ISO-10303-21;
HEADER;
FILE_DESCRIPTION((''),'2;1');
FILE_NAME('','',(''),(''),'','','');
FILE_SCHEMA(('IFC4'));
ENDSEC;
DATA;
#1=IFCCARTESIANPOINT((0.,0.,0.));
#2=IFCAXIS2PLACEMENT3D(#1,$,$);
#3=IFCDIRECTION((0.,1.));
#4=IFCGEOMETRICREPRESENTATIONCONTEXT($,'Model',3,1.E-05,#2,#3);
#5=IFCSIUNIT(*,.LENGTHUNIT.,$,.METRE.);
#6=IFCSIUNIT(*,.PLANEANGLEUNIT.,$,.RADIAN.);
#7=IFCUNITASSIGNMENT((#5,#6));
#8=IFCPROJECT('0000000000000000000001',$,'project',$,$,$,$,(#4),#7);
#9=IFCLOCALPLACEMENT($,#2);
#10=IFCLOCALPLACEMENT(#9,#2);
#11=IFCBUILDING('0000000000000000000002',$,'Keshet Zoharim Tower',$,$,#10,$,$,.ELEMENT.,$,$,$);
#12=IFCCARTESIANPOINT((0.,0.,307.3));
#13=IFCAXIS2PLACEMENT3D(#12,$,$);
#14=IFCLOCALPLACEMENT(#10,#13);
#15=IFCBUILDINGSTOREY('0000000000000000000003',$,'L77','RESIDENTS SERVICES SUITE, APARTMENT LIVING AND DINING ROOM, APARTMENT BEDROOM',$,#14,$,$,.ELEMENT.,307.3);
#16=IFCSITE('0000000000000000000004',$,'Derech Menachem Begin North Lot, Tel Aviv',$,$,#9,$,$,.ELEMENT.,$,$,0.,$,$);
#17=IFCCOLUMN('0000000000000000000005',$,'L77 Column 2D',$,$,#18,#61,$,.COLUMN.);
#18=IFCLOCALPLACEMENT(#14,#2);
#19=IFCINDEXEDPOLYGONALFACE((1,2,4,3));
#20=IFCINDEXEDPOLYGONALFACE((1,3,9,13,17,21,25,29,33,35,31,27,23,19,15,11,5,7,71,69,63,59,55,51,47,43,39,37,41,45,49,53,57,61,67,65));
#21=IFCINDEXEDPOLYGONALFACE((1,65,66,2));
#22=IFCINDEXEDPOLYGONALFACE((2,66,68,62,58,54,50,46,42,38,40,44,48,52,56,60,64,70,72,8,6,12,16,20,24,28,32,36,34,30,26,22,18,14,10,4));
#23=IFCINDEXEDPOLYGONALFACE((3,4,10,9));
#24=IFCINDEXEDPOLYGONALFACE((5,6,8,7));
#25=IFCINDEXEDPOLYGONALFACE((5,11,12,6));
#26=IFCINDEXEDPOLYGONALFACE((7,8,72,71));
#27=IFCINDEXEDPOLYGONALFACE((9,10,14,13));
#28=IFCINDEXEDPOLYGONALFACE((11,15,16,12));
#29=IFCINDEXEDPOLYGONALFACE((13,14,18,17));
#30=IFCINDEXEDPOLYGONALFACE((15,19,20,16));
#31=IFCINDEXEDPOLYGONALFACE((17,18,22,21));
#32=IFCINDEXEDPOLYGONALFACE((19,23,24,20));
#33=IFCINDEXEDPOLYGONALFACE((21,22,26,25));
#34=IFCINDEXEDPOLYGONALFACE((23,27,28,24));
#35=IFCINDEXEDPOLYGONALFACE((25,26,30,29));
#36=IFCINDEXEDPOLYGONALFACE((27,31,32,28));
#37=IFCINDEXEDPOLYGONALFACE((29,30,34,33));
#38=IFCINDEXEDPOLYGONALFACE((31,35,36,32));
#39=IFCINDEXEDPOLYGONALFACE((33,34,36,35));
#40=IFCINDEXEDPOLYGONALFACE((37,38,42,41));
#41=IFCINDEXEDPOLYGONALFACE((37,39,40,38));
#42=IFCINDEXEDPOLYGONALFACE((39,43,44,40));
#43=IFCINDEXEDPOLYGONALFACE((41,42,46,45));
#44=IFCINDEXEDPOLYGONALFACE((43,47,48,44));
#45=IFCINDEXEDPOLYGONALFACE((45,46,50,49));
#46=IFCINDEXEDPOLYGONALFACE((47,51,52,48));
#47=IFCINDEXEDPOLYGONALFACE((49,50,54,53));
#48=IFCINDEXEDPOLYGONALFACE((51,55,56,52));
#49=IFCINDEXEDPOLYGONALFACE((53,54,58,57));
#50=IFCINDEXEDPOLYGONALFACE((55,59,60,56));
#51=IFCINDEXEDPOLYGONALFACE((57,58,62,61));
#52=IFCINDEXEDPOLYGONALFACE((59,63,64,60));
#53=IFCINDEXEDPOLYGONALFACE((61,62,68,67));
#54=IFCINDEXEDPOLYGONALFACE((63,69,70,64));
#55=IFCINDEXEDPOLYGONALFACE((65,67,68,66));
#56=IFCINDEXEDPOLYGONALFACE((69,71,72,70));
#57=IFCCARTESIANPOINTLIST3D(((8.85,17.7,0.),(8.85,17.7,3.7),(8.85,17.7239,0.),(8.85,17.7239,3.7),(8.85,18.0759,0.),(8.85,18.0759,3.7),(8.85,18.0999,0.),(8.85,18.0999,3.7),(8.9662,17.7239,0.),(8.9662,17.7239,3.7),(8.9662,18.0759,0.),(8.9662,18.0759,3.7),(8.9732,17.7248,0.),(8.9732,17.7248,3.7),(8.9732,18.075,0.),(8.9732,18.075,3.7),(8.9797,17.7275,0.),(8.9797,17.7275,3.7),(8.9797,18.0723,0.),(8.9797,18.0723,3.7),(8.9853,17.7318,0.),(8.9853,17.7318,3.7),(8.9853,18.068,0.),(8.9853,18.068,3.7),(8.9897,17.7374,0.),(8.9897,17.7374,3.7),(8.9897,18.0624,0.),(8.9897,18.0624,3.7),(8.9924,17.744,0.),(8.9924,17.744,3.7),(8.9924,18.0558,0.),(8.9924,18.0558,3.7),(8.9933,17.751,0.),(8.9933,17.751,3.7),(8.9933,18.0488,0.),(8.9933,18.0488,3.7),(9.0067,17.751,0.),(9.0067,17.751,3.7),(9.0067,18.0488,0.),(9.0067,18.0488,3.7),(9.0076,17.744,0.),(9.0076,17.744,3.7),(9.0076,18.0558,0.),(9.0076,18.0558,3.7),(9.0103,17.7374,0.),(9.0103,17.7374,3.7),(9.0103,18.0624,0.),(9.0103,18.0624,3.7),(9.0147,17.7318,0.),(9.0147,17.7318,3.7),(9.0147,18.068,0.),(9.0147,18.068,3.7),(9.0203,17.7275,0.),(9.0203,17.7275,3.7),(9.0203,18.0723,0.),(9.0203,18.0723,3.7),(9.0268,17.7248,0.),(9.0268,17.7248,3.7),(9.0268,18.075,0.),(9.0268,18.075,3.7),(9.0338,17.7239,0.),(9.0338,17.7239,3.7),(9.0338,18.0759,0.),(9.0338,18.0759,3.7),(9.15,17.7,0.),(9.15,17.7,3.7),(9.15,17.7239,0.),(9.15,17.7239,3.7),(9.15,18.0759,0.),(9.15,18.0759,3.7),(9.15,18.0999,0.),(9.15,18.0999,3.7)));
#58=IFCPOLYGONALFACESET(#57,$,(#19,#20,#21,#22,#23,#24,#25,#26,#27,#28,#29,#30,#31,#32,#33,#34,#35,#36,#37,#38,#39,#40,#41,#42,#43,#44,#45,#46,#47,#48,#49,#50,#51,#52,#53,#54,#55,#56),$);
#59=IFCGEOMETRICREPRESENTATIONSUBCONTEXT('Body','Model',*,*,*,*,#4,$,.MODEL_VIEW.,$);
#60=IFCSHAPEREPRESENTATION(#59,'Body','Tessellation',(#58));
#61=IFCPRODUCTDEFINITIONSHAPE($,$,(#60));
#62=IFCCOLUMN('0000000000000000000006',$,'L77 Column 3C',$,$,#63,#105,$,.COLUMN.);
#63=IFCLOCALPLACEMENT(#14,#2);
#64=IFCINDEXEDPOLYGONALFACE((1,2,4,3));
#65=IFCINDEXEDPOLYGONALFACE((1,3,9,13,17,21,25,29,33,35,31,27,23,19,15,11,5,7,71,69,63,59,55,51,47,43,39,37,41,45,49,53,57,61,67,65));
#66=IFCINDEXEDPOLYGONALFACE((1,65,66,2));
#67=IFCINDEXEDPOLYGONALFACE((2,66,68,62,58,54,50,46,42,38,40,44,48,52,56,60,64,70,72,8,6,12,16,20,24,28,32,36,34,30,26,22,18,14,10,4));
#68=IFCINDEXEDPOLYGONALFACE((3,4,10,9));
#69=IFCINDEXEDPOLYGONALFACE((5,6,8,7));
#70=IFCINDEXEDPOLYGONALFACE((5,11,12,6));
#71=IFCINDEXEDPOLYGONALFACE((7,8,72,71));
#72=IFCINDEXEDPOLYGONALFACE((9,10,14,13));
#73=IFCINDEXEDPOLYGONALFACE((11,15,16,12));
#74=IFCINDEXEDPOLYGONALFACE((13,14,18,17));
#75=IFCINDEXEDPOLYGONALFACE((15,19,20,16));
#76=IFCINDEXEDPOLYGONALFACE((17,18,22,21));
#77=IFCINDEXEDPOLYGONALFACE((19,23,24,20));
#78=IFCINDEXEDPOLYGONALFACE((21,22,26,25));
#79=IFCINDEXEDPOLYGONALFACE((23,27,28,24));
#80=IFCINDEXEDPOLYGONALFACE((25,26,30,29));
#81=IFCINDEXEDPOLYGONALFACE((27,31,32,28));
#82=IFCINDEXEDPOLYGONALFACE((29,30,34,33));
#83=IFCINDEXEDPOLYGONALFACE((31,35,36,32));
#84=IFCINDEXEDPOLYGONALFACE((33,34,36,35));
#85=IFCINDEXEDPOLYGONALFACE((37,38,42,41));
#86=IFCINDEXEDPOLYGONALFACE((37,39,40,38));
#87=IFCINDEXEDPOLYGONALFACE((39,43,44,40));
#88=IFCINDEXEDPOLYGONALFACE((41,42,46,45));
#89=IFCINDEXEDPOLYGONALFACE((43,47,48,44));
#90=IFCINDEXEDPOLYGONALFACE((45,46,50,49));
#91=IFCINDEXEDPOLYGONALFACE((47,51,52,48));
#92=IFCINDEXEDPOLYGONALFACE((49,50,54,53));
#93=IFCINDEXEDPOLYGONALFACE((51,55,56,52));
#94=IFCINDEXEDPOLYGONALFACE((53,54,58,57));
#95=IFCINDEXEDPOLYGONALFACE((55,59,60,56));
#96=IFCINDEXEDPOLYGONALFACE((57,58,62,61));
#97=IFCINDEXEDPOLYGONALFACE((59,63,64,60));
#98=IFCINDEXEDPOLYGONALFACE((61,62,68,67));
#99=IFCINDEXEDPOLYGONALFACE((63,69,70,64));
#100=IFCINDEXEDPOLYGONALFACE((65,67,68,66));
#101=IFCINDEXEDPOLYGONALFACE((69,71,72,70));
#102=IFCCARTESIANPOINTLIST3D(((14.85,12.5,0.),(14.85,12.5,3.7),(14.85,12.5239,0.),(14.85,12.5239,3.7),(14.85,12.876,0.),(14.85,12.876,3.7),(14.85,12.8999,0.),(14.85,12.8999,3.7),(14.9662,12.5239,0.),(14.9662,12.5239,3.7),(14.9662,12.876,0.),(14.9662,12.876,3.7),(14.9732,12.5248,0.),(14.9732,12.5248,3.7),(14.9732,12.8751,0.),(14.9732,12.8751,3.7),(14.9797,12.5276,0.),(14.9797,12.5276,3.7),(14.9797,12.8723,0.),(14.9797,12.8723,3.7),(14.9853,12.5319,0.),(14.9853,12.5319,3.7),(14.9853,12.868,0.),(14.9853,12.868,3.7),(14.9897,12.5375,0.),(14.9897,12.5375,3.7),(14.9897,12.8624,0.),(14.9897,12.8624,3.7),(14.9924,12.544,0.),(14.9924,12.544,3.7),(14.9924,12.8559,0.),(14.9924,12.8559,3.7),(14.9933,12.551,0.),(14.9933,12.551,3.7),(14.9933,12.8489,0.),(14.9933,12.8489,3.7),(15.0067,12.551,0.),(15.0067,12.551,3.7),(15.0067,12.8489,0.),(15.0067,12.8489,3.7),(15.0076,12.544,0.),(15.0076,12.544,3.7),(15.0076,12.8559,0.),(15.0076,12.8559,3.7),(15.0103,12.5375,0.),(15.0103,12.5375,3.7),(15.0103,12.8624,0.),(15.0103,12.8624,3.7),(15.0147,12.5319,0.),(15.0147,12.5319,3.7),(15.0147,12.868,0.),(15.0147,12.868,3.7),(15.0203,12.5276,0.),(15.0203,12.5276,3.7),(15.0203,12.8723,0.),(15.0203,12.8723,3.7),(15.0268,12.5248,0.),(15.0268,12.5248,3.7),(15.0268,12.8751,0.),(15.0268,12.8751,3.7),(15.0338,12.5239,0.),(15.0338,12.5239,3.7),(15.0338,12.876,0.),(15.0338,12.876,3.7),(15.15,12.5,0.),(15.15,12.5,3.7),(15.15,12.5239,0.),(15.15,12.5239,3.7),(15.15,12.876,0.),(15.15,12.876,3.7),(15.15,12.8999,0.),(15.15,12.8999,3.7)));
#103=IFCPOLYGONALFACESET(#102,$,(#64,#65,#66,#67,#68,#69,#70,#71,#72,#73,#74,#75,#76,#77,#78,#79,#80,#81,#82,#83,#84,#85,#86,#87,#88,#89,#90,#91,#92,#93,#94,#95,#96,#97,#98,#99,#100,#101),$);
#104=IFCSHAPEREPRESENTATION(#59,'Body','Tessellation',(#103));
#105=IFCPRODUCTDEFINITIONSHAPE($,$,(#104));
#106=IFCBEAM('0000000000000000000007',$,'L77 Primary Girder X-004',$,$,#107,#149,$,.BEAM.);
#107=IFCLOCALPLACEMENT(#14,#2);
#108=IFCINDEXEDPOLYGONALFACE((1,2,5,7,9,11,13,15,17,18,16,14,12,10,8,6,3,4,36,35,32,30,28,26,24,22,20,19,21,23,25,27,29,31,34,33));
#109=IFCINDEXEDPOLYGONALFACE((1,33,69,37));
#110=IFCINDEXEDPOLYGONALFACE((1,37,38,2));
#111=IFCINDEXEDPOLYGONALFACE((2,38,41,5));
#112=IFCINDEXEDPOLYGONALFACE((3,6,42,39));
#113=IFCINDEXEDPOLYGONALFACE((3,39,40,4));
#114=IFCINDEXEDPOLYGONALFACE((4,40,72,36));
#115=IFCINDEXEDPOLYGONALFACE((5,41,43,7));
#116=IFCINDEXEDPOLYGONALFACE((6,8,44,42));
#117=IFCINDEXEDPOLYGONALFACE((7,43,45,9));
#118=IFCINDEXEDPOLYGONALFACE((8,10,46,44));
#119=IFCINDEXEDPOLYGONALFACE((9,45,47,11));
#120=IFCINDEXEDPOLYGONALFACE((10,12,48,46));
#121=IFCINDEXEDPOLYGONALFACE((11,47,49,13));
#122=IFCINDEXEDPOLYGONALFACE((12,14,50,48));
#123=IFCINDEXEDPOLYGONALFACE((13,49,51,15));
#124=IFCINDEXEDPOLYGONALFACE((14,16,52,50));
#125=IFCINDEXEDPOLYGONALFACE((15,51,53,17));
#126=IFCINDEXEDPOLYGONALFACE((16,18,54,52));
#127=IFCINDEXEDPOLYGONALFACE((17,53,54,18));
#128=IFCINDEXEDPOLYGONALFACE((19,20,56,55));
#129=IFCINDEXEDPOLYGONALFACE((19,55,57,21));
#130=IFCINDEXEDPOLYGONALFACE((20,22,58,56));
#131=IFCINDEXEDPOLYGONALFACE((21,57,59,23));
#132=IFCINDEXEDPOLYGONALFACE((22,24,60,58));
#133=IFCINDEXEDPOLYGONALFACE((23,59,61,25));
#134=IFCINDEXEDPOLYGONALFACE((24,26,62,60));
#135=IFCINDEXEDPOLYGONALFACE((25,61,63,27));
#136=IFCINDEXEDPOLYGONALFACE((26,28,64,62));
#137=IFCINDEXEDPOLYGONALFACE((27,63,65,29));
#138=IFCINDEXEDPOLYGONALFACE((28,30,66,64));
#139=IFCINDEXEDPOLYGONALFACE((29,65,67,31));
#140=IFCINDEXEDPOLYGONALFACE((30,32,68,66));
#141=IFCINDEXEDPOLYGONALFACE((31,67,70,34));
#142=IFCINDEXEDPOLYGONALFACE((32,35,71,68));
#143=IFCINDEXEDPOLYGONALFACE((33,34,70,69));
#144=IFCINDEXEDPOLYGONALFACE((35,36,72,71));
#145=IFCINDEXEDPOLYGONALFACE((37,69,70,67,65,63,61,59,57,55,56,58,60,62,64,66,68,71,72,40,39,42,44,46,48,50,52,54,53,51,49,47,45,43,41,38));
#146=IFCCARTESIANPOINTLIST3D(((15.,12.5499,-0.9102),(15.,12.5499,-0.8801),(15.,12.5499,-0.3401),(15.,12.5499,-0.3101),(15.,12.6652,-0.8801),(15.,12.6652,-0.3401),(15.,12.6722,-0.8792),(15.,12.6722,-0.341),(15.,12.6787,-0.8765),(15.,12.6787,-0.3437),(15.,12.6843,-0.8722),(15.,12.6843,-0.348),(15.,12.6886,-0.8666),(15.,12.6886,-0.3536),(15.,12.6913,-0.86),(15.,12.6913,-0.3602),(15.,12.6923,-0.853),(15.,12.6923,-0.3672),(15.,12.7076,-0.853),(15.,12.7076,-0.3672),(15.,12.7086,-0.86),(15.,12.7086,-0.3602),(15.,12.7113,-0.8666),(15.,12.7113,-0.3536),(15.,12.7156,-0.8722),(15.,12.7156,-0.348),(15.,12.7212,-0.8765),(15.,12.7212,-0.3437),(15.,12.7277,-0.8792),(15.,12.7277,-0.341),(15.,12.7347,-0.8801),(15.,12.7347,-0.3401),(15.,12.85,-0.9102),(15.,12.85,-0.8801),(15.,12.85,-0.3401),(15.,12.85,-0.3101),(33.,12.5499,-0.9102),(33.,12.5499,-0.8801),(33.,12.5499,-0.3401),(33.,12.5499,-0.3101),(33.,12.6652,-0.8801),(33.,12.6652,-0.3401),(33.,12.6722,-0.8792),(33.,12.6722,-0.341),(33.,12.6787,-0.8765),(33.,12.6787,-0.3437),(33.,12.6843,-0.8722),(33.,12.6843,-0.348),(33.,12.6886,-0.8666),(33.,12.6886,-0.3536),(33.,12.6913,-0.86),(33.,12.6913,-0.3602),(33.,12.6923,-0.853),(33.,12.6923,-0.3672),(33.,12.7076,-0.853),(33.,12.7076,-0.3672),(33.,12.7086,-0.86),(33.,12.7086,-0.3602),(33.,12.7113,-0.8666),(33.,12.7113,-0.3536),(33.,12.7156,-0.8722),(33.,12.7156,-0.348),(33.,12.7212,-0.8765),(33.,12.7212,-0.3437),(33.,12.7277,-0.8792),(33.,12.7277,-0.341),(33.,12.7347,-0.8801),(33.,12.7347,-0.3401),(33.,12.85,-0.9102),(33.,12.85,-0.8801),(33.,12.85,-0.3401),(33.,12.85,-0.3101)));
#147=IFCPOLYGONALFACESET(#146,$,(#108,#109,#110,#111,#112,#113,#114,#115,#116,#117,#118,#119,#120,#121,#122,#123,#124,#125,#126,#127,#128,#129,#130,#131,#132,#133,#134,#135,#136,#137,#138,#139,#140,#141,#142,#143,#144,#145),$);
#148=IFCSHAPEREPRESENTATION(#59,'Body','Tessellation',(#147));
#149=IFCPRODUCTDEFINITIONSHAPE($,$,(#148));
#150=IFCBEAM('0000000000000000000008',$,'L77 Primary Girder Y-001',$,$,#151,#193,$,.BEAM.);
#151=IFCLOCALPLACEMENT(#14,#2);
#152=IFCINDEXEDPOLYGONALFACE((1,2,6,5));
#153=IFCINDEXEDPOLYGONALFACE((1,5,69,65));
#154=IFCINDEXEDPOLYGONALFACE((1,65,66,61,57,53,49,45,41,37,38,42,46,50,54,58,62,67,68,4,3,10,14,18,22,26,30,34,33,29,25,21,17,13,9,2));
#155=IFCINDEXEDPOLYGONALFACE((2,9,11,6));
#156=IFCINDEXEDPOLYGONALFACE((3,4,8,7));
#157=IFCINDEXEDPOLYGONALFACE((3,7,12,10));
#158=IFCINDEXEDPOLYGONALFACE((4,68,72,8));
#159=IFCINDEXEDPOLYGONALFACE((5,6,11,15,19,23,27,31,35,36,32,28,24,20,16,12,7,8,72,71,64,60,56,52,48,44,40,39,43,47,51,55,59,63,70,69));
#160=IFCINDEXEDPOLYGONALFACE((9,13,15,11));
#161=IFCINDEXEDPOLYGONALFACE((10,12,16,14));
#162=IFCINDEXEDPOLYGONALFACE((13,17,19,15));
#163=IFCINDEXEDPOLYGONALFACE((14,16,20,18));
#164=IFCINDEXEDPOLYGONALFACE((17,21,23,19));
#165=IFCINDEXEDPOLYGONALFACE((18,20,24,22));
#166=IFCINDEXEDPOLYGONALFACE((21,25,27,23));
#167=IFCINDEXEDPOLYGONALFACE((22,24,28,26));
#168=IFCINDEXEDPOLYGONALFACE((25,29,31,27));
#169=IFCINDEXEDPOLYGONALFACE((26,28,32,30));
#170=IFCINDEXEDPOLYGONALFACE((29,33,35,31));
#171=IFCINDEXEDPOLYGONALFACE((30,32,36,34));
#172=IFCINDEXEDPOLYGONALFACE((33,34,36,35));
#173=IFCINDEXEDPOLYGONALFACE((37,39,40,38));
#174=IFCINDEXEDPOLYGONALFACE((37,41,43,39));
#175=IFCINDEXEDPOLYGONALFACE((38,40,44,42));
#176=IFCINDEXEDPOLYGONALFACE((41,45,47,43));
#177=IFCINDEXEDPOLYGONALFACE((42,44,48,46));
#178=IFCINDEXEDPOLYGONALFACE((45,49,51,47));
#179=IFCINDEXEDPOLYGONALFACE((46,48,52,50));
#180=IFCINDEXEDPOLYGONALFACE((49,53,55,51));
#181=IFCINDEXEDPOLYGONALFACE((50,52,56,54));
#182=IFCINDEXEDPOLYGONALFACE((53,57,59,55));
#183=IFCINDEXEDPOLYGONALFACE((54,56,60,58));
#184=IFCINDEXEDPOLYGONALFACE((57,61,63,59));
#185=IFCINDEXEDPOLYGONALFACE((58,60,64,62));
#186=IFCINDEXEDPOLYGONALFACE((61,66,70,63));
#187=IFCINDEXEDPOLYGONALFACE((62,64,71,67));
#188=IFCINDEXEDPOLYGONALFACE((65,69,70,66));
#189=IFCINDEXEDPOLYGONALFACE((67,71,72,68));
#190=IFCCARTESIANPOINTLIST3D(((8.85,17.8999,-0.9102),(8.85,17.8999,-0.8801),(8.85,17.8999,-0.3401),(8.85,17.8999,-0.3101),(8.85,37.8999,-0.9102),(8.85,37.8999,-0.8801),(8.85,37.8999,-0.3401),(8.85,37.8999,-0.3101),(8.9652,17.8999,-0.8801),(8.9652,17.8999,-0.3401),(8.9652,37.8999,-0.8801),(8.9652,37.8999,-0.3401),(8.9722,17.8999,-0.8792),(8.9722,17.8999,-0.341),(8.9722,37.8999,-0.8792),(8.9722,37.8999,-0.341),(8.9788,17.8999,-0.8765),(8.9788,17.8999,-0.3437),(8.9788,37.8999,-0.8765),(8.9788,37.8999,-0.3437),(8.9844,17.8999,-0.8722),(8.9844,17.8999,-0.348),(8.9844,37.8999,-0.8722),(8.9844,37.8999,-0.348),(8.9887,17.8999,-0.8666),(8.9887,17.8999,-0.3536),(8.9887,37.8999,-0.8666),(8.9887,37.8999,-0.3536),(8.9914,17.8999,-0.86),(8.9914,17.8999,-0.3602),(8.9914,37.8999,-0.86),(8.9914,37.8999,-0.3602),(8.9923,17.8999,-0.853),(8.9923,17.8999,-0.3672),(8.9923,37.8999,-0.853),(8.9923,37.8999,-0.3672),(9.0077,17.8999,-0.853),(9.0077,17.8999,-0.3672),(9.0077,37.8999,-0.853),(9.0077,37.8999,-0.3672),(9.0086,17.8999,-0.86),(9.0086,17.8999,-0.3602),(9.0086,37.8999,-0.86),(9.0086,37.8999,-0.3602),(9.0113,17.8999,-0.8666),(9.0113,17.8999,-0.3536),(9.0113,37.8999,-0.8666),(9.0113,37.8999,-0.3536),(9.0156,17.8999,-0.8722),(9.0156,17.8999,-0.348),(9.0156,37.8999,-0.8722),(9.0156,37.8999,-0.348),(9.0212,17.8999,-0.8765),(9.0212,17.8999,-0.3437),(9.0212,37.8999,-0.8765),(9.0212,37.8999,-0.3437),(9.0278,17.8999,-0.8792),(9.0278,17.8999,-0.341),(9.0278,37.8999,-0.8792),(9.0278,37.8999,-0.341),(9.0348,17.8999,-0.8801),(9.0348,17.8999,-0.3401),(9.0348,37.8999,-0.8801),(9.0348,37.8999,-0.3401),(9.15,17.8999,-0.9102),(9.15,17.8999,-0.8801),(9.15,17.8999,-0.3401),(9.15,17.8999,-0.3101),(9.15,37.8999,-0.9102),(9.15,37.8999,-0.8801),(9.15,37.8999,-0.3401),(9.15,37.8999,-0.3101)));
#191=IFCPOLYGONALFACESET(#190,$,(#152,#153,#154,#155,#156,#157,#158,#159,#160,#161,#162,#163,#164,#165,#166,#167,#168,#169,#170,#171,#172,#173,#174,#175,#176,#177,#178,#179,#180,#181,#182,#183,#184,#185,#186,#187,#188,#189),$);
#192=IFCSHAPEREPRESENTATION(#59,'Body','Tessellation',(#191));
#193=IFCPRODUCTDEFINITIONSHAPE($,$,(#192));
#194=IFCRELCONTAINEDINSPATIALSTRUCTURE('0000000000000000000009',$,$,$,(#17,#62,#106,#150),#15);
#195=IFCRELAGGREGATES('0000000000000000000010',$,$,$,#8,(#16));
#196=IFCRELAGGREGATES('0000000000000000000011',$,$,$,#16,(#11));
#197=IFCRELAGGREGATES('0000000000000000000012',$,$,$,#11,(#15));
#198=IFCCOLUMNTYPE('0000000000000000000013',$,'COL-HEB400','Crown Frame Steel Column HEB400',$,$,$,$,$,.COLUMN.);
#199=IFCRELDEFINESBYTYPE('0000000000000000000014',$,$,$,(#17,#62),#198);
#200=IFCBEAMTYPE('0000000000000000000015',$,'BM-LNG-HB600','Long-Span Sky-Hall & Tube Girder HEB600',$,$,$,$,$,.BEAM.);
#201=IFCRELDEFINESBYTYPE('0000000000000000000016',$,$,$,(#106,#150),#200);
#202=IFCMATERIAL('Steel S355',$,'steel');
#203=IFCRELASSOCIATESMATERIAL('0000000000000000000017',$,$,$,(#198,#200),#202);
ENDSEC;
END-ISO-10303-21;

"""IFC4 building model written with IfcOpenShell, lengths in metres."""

from ifc_helpers import new_model, si_unit, direction, frame, origin, origin_2d, place, context, subcontext, project, spatial, i_section, extrude, material, material_profile, profile_set, type_object, element, save


model = new_model("IFC4")

# Units and contexts
model_context = context("Model", 3, precision=1e-05, world=origin(), true_north=direction((0.0, 1.0)))
body_context = subcontext(model_context, "Body", "Model", "MODEL_VIEW")
ifc_project = project(units=[si_unit("LENGTHUNIT", "METRE"), si_unit("PLANEANGLEUNIT", "RADIAN")], contexts=[model_context])

# Site, building, storey
site_placement = place(None, origin())
site = spatial("IfcSite", under=ifc_project, at=site_placement, Name="Derech Menachem Begin North Lot, Tel Aviv", CompositionType="ELEMENT", RefElevation=0.0)
building_placement = place(site_placement, origin())
building = spatial("IfcBuilding", under=site, at=building_placement, Name="Keshet Zoharim Tower", CompositionType="ELEMENT")
storey_placement = place(building_placement, frame((0.0, 0.0, 307.3)))
storey = spatial("IfcBuildingStorey", under=building, at=storey_placement, Name="L77", Description="RESIDENTS SERVICES SUITE, APARTMENT LIVING AND DINING ROOM, APARTMENT BEDROOM", CompositionType="ELEMENT", Elevation=307.3)

# Columns
ifc_material_1 = material(Name="Steel S355", Category="steel")
ifc_material_profile_1 = material_profile(ifc_material_1, i_section(OverallWidth=0.3, OverallDepth=0.3999, WebThickness=0.0134, FlangeThickness=0.0239, FilletRadius=0.0271, at=origin_2d()), Name="HEB400")
ifc_profile_set_1 = profile_set([ifc_material_profile_1], Name="Steel S355")
column_type = type_object("IfcColumnType", Name="COL-HEB400", Description="Crown Frame Steel Column HEB400", PredefinedType="COLUMN", material=ifc_profile_set_1)
for number, where, z_axis, x_axis, name in (
    (1, (9.0, 17.8999, 0.0), (0.0, 0.0, 1.0), (1.0, 0.0, 0.0), "L77 Column 2D"),
    (2, (15.0, 12.7, 0.0), (0.0, 0.0, 1.0), (1.0, 0.0, 0.0), "L77 Column 3C"),
):
    element("IfcColumn", number, at=place(storey_placement, frame(where, z_axis=z_axis, x_axis=x_axis)), inside=storey, type_object=column_type, Name=name, PredefinedType="COLUMN", context=body_context, shape_type="SweptSolid", body=[
        extrude(i_section(OverallWidth=0.3, OverallDepth=0.3999, WebThickness=0.0134, FlangeThickness=0.0239, FilletRadius=0.0271, at=origin_2d()), origin(), (0.0, 0.0, 1.0), 3.7),
    ])

# Beams
ifc_material_profile_2 = material_profile(ifc_material_1, i_section(OverallWidth=0.3, OverallDepth=0.6001, WebThickness=0.0154, FlangeThickness=0.03, FilletRadius=0.0271, at=origin_2d()), Name="HEB600")
ifc_profile_set_2 = profile_set([ifc_material_profile_2], Name="Steel S355")
beam_type_1 = type_object("IfcBeamType", Name="BM-LNG-HB600", Description="Long-Span Sky-Hall & Tube Girder HEB600", PredefinedType="BEAM", material=ifc_profile_set_2)
beam_1_placement = place(storey_placement, frame((15.0, 12.7, -0.6101), z_axis=(1.0, 0.0, 0.0), x_axis=(0.0, 1.0, 0.0)))
element("IfcBeam", 3, at=beam_1_placement, inside=storey, type_object=beam_type_1, Name="L77 Primary Girder X-004", PredefinedType="BEAM", context=body_context, shape_type="SweptSolid", body=[
    extrude(i_section(OverallWidth=0.3, OverallDepth=0.6001, WebThickness=0.0154, FlangeThickness=0.03, FilletRadius=0.0271, at=origin_2d()), origin(), (0.0, 0.0, 1.0), 18.0),
])
beam_2_placement = place(storey_placement, frame((9.0, 17.8999, -0.6101), z_axis=(0.0, 1.0, 0.0), x_axis=(-1.0, 0.0, 0.0)))
element("IfcBeam", 4, at=beam_2_placement, inside=storey, type_object=beam_type_1, Name="L77 Primary Girder Y-001", PredefinedType="BEAM", context=body_context, shape_type="SweptSolid", body=[
    extrude(i_section(OverallWidth=0.3, OverallDepth=0.6001, WebThickness=0.0154, FlangeThickness=0.03, FilletRadius=0.0271, at=origin_2d()), origin(), (0.0, 0.0, 1.0), 20.0),
])

save(model, "model.ifc")
